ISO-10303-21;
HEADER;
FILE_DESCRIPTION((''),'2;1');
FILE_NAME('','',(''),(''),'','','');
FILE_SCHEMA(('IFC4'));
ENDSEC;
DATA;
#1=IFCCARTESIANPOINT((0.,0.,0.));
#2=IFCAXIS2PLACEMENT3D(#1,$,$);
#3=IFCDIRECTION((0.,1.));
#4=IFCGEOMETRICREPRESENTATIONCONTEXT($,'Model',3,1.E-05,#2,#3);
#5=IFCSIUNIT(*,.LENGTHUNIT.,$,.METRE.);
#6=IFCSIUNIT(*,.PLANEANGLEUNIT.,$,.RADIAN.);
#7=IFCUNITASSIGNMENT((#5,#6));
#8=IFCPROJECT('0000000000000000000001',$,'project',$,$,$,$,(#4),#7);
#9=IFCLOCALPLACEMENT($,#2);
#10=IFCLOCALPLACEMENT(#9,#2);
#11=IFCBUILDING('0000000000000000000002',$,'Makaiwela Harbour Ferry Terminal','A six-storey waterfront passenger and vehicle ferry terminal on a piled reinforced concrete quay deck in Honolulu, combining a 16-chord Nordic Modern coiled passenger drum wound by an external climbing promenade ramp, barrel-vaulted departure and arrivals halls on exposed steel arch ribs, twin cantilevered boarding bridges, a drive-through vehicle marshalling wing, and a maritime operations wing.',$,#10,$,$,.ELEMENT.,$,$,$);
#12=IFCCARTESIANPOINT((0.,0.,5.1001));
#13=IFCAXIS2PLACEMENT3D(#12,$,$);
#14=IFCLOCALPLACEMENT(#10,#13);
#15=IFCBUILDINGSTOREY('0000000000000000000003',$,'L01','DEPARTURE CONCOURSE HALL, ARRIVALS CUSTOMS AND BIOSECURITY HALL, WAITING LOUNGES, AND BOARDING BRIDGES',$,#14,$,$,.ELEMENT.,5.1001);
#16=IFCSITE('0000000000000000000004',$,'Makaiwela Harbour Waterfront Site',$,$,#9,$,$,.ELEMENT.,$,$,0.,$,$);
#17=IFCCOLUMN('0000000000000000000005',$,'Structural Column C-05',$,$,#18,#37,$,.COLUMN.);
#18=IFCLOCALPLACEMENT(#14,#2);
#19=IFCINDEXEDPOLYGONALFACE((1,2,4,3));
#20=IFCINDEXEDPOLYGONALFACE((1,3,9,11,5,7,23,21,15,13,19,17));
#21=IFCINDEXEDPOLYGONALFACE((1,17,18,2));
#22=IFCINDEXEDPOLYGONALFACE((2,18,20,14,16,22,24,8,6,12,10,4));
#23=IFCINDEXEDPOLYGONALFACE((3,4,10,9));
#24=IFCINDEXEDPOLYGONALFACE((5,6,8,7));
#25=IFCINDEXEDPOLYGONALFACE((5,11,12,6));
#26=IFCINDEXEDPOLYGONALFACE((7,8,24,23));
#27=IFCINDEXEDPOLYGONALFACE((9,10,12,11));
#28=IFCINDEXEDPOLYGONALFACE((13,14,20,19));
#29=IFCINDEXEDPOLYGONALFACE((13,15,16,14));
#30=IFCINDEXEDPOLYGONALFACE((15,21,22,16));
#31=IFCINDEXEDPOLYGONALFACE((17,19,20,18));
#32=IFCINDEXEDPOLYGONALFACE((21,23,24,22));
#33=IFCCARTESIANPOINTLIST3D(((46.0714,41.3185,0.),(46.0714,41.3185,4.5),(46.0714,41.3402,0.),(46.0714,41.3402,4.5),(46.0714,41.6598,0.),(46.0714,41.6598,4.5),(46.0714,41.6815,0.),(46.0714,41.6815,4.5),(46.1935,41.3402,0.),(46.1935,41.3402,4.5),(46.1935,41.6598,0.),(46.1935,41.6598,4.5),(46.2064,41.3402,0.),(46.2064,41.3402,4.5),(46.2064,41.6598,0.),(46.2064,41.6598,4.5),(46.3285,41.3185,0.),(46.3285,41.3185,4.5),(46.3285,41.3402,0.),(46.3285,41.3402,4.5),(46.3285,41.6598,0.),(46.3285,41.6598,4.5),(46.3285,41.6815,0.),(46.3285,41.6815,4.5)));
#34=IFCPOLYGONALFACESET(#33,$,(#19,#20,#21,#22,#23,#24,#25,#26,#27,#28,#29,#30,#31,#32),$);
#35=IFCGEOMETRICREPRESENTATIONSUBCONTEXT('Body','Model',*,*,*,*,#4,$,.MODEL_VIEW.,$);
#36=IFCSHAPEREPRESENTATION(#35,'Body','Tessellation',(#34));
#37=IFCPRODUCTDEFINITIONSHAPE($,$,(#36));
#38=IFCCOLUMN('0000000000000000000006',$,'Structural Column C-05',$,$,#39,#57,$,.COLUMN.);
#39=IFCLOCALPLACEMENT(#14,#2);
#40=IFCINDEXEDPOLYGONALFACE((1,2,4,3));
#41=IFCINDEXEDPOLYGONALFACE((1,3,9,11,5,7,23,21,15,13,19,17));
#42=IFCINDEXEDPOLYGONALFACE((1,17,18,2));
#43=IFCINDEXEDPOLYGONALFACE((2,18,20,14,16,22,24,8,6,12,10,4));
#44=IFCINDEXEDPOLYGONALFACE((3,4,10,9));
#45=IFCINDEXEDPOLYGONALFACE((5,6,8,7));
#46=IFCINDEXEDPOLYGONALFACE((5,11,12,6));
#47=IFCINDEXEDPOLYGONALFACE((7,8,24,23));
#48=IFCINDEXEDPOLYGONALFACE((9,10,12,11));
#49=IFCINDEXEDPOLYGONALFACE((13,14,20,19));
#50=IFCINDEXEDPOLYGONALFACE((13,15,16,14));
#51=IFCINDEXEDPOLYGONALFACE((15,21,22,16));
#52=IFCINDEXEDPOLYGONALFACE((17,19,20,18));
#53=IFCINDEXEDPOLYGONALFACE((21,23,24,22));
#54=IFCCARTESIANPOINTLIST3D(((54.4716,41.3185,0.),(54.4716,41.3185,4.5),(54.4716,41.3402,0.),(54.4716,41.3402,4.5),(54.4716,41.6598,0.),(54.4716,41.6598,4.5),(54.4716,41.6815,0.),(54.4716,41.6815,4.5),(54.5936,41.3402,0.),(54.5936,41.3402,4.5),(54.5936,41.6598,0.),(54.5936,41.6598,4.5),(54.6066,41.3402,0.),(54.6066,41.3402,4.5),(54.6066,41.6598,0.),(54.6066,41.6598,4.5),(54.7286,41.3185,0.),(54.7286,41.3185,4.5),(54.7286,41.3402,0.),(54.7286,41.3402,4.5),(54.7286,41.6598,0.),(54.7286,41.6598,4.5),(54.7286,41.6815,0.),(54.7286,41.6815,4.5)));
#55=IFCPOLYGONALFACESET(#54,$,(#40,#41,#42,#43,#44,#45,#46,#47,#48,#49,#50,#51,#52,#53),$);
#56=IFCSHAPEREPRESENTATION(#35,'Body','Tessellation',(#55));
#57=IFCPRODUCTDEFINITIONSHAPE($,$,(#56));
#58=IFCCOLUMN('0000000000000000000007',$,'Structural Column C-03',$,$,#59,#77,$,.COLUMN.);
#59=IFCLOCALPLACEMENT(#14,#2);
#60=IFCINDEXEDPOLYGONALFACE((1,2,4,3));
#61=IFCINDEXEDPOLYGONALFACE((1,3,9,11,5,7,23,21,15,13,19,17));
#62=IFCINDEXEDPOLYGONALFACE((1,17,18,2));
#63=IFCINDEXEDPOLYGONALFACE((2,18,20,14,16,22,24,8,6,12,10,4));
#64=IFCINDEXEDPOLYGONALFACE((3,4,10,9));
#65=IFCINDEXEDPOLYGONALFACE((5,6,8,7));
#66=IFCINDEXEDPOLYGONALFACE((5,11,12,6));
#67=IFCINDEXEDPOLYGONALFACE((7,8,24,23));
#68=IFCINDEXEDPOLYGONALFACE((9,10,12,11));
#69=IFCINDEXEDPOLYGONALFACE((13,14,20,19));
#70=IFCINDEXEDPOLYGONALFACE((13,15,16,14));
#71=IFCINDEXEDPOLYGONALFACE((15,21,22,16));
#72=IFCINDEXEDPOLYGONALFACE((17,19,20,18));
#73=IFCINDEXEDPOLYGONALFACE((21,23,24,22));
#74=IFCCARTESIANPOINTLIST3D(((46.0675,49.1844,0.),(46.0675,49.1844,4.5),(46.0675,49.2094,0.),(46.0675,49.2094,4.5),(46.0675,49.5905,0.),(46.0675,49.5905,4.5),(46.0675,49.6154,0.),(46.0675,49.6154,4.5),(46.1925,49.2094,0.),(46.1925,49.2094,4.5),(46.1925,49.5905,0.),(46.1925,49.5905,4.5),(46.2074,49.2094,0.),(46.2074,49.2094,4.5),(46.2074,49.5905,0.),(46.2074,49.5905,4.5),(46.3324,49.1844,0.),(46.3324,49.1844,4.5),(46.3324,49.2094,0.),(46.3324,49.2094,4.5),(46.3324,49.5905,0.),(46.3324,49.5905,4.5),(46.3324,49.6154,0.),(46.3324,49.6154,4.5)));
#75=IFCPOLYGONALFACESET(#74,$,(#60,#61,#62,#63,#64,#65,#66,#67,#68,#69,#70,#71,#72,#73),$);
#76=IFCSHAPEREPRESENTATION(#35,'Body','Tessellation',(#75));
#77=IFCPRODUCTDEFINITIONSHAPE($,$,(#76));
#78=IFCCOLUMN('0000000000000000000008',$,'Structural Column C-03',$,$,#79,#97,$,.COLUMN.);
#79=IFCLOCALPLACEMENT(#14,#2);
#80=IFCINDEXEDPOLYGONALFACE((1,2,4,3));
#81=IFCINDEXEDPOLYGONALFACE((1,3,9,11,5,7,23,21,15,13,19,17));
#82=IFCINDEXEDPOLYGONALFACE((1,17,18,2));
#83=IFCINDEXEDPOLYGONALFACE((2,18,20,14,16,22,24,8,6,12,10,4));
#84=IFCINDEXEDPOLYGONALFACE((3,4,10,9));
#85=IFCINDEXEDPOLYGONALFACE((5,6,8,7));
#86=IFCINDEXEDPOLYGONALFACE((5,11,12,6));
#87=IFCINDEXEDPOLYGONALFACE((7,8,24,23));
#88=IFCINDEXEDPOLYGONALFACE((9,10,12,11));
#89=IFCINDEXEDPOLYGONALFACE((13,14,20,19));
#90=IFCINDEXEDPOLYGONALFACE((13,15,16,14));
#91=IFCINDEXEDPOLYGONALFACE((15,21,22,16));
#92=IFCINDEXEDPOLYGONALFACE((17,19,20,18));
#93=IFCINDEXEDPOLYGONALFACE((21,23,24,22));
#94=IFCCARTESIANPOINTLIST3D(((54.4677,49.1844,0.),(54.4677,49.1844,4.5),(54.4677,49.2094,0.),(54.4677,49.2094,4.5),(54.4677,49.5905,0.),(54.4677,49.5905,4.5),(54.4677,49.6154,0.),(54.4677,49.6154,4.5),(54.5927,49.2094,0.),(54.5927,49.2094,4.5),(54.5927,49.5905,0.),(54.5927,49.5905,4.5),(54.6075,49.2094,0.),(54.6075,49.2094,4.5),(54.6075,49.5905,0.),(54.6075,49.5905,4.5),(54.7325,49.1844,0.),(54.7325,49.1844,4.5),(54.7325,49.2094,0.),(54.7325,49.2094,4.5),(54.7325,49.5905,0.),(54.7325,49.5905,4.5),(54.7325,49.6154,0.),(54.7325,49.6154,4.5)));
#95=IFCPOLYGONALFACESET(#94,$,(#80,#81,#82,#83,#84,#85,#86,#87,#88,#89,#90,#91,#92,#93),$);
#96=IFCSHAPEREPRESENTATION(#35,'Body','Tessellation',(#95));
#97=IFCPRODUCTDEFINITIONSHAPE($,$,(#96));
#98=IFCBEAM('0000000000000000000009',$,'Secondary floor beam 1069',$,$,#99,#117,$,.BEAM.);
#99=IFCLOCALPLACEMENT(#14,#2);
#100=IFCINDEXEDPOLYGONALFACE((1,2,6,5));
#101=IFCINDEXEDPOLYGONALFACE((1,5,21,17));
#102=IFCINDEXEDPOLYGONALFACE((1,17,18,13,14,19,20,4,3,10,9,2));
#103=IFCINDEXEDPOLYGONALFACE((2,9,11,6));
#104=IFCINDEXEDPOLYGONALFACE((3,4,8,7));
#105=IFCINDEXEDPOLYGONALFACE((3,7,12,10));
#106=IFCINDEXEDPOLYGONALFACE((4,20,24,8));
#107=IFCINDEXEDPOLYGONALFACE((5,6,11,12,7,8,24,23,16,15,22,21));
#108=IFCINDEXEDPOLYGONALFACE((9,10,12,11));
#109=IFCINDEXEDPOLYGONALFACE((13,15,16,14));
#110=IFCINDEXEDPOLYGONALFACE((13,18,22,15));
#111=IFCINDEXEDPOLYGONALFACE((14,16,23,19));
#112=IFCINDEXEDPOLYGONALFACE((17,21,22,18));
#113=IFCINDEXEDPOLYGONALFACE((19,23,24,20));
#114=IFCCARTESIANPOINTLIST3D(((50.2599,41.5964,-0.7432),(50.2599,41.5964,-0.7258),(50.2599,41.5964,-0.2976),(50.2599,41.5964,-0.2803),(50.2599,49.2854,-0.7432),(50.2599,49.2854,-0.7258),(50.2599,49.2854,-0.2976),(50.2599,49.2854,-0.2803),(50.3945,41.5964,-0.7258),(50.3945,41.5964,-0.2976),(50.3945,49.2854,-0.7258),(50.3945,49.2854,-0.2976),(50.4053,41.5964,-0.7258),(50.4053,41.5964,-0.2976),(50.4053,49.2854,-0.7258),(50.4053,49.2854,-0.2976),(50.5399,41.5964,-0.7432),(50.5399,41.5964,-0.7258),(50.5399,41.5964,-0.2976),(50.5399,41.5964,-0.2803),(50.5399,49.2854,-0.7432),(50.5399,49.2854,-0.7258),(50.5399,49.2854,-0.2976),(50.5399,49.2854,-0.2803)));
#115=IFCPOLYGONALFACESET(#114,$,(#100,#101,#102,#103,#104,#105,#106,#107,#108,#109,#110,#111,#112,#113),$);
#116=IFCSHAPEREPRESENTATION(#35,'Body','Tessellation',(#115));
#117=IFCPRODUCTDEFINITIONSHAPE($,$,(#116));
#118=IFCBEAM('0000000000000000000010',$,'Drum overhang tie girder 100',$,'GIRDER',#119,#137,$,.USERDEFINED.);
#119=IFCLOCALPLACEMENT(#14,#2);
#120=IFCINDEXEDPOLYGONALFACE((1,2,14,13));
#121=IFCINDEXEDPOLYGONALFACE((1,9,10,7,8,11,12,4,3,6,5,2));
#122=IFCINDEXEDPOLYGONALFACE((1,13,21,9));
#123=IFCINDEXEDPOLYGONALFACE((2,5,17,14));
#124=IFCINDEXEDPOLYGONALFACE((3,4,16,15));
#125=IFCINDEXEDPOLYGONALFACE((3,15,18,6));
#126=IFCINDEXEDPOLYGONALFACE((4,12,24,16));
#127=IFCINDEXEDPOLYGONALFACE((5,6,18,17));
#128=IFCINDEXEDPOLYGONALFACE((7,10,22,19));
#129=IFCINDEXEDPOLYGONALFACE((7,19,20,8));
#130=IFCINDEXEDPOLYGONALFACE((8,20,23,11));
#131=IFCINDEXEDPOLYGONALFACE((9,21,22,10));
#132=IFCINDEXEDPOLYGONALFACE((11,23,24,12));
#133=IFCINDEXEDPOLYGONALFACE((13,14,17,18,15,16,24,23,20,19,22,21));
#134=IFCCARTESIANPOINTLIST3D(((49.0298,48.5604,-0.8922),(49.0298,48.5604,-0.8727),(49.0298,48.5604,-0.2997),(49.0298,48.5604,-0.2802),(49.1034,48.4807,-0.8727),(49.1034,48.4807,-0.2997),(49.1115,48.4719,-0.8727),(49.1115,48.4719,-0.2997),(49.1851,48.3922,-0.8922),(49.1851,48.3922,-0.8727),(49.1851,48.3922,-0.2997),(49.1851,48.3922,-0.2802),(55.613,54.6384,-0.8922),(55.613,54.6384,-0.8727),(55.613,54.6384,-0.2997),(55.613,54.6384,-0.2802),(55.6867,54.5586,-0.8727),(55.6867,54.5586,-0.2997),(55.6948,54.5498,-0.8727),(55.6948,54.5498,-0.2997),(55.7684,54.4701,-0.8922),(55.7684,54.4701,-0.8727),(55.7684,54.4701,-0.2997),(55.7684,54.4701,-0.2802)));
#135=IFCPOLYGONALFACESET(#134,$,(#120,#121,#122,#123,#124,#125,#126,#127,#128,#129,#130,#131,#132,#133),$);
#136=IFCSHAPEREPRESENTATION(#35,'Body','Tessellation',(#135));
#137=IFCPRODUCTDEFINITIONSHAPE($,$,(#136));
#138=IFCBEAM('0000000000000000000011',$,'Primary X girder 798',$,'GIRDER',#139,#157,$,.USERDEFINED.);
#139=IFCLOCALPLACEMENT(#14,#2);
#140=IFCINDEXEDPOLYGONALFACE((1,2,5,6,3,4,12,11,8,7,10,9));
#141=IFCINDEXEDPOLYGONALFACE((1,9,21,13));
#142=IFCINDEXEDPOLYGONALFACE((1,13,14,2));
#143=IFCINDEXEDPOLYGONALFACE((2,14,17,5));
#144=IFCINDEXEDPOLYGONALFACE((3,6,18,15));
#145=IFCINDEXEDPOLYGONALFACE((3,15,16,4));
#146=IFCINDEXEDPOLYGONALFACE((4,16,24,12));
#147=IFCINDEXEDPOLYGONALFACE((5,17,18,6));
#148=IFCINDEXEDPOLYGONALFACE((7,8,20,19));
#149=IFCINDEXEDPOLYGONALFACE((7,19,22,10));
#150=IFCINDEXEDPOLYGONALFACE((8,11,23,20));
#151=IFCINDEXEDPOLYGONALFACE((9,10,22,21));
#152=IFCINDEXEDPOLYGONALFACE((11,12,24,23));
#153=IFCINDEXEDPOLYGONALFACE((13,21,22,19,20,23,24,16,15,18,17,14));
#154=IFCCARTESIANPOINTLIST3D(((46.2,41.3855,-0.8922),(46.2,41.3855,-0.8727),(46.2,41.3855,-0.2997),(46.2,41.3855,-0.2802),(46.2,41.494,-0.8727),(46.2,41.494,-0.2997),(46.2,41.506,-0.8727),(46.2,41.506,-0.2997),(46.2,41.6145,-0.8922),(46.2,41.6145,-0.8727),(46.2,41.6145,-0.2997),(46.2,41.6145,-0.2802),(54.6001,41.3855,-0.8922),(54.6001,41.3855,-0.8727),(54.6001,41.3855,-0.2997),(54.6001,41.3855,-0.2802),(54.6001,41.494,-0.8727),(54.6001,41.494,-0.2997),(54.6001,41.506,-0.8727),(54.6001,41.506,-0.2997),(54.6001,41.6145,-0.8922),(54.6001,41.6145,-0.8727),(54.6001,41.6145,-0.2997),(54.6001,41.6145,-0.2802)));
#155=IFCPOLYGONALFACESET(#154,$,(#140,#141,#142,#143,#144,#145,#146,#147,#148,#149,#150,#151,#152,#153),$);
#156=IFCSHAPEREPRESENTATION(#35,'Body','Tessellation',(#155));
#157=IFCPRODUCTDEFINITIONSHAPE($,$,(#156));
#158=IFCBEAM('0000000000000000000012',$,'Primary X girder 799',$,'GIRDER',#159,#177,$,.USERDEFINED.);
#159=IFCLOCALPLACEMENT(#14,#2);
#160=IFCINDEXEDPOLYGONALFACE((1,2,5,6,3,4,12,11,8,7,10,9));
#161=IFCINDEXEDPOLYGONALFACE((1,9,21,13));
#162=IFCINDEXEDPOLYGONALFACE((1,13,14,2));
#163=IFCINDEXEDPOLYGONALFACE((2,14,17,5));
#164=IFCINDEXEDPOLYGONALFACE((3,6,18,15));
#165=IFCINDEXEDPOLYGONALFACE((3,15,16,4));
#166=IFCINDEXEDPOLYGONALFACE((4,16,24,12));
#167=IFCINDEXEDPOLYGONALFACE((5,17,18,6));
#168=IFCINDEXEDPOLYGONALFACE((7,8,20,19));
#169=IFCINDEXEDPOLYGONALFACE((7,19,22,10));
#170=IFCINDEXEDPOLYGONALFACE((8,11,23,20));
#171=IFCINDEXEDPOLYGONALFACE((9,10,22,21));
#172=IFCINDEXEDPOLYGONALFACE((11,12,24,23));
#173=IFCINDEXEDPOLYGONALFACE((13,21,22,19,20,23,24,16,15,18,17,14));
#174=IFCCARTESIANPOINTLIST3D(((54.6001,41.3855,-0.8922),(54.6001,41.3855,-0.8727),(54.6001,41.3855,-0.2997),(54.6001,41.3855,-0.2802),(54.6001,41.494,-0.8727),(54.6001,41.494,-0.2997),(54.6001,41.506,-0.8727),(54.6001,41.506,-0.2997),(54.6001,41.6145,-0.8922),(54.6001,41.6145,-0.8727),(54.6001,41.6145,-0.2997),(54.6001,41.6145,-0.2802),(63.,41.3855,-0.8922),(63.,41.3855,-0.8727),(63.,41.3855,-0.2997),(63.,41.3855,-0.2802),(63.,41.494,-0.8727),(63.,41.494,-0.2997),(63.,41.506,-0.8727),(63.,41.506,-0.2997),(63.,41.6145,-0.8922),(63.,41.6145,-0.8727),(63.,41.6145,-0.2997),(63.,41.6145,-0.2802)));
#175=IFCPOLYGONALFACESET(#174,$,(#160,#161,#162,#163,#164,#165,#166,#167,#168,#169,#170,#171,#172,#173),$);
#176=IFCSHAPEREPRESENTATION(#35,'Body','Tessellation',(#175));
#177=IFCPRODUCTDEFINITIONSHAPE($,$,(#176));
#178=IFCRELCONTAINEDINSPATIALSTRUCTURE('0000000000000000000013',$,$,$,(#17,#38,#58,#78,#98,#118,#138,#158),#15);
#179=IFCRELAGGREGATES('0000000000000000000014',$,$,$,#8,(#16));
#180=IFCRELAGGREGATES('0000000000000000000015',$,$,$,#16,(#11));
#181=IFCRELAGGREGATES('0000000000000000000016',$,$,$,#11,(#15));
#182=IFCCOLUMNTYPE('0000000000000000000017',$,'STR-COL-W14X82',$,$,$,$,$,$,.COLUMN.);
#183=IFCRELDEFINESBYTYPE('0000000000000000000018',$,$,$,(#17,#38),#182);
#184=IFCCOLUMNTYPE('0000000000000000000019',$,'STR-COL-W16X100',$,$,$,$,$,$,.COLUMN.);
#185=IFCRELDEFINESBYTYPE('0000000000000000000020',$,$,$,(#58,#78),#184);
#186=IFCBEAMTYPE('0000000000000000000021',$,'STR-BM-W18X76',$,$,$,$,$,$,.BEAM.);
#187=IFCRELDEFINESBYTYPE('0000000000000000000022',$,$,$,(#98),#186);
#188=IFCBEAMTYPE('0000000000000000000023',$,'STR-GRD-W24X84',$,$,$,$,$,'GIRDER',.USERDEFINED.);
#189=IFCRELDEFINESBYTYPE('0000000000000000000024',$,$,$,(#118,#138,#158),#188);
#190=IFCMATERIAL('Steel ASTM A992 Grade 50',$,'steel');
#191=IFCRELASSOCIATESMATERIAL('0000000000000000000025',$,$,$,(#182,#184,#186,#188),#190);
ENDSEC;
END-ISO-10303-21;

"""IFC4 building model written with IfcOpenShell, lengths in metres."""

from ifc_helpers import new_model, si_unit, direction, frame, origin, origin_2d, place, context, subcontext, project, spatial, i_section, extrude, material, material_profile, profile_set, type_object, element, save


model = new_model("IFC4")

# Units and contexts
model_context = context("Model", 3, precision=1e-05, world=origin(), true_north=direction((0.0, 1.0)))
body_context = subcontext(model_context, "Body", "Model", "MODEL_VIEW")
ifc_project = project(units=[si_unit("LENGTHUNIT", "METRE"), si_unit("PLANEANGLEUNIT", "RADIAN")], contexts=[model_context])

# Site, building, storey
site_placement = place(None, origin())
site = spatial("IfcSite", under=ifc_project, at=site_placement, Name="Makaiwela Harbour Waterfront Site", CompositionType="ELEMENT", RefElevation=0.0)
building_placement = place(site_placement, origin())
building = spatial("IfcBuilding", under=site, at=building_placement, Name="Makaiwela Harbour Ferry Terminal", Description="A six-storey waterfront passenger and vehicle ferry terminal on a piled reinforced concrete quay deck in Honolulu, combining a 16-chord Nordic Modern coiled passenger drum wound by an external climbing promenade ramp, barrel-vaulted departure and arrivals halls on exposed steel arch ribs, twin cantilevered boarding bridges, a drive-through vehicle marshalling wing, and a maritime operations wing.", CompositionType="ELEMENT")
storey_placement = place(building_placement, frame((0.0, 0.0, 5.1001)))
storey = spatial("IfcBuildingStorey", under=building, at=storey_placement, Name="L01", Description="DEPARTURE CONCOURSE HALL, ARRIVALS CUSTOMS AND BIOSECURITY HALL, WAITING LOUNGES, AND BOARDING BRIDGES", CompositionType="ELEMENT", Elevation=5.1001)

# Columns
ifc_material_1 = material(Name="Steel ASTM A992 Grade 50", Category="steel")
ifc_material_profile_1 = material_profile(ifc_material_1, i_section(OverallWidth=0.2571, OverallDepth=0.363, WebThickness=0.0129, FlangeThickness=0.0217, at=origin_2d()), Name="W14X82")
ifc_profile_set_1 = profile_set([ifc_material_profile_1], Name="Steel ASTM A992 Grade 50")
column_type_1 = type_object("IfcColumnType", Name="STR-COL-W14X82", PredefinedType="COLUMN", material=ifc_profile_set_1)
for number, where, z_axis, x_axis, name in (
    (1, (46.2, 41.5, 0.0), (0.0, 0.0, 1.0), (1.0, 0.0, 0.0), "Structural Column C-05"),
    (2, (54.6001, 41.5, 0.0), (0.0, 0.0, 1.0), (1.0, 0.0, 0.0), "Structural Column C-05"),
):
    element("IfcColumn", number, at=place(storey_placement, frame(where, z_axis=z_axis, x_axis=x_axis)), inside=storey, type_object=column_type_1, Name=name, PredefinedType="COLUMN", context=body_context, shape_type="SweptSolid", body=[
        extrude(i_section(OverallWidth=0.2571, OverallDepth=0.363, WebThickness=0.0129, FlangeThickness=0.0217, at=origin_2d()), origin(), (0.0, 0.0, 1.0), 4.5),
    ])
ifc_material_profile_2 = material_profile(ifc_material_1, i_section(OverallWidth=0.2649, OverallDepth=0.4309, WebThickness=0.0149, FlangeThickness=0.0249, at=origin_2d()), Name="W16X100")
ifc_profile_set_2 = profile_set([ifc_material_profile_2], Name="Steel ASTM A992 Grade 50")
column_type_2 = type_object("IfcColumnType", Name="STR-COL-W16X100", PredefinedType="COLUMN", material=ifc_profile_set_2)
for number, where, z_axis, x_axis, name in (
    (3, (46.2, 49.3999, 0.0), (0.0, 0.0, 1.0), (1.0, 0.0, 0.0), "Structural Column C-03"),
    (4, (54.6001, 49.3999, 0.0), (0.0, 0.0, 1.0), (1.0, 0.0, 0.0), "Structural Column C-03"),
):
    element("IfcColumn", number, at=place(storey_placement, frame(where, z_axis=z_axis, x_axis=x_axis)), inside=storey, type_object=column_type_2, Name=name, PredefinedType="COLUMN", context=body_context, shape_type="SweptSolid", body=[
        extrude(i_section(OverallWidth=0.2649, OverallDepth=0.4309, WebThickness=0.0149, FlangeThickness=0.0249, at=origin_2d()), origin(), (0.0, 0.0, 1.0), 4.5),
    ])

# Beams
ifc_material_profile_3 = material_profile(ifc_material_1, i_section(OverallWidth=0.28, OverallDepth=0.4629, WebThickness=0.0107, FlangeThickness=0.0173, at=origin_2d()), Name="W18X76")
ifc_profile_set_3 = profile_set([ifc_material_profile_3], Name="Steel ASTM A992 Grade 50")
beam_type_1 = type_object("IfcBeamType", Name="STR-BM-W18X76", PredefinedType="BEAM", material=ifc_profile_set_3)
beam_1_placement = place(storey_placement, frame((50.3999, 41.5964, -0.5117), z_axis=(0.0, 1.0, 0.0), x_axis=(-1.0, 0.0, 0.0)))
element("IfcBeam", 5, at=beam_1_placement, inside=storey, type_object=beam_type_1, Name="Secondary floor beam 1069", PredefinedType="BEAM", context=body_context, shape_type="SweptSolid", body=[
    extrude(i_section(OverallWidth=0.28, OverallDepth=0.4629, WebThickness=0.0107, FlangeThickness=0.0173, at=origin_2d()), origin(), (0.0, 0.0, 1.0), 7.689),
])
ifc_material_profile_4 = material_profile(ifc_material_1, i_section(OverallWidth=0.229, OverallDepth=0.6121, WebThickness=0.012, FlangeThickness=0.0195, at=origin_2d()), Name="W24X84")
ifc_profile_set_4 = profile_set([ifc_material_profile_4], Name="Steel ASTM A992 Grade 50")
beam_type_2 = type_object("IfcBeamType", Name="STR-GRD-W24X84", ElementType="GIRDER", PredefinedType="USERDEFINED", material=ifc_profile_set_4)
beam_2_placement = place(storey_placement, frame((49.1074, 48.4763, -0.5862), z_axis=(0.734746, 0.678342, 0.0), x_axis=(-0.678342, 0.734746, 0.0)))
element("IfcBeam", 6, at=beam_2_placement, inside=storey, type_object=beam_type_2, Name="Drum overhang tie girder 100", ObjectType="GIRDER", PredefinedType="USERDEFINED", context=body_context, shape_type="SweptSolid", body=[
    extrude(i_section(OverallWidth=0.229, OverallDepth=0.6121, WebThickness=0.012, FlangeThickness=0.0195, at=origin_2d()), origin(), (0.0, 0.0, 1.0), 8.96),
])
beam_3_placement = place(storey_placement, frame((46.2, 41.5, -0.5862), z_axis=(1.0, 0.0, 0.0), x_axis=(0.0, 1.0, 0.0)))
element("IfcBeam", 7, at=beam_3_placement, inside=storey, type_object=beam_type_2, Name="Primary X girder 798", ObjectType="GIRDER", PredefinedType="USERDEFINED", context=body_context, shape_type="SweptSolid", body=[
    extrude(i_section(OverallWidth=0.229, OverallDepth=0.6121, WebThickness=0.012, FlangeThickness=0.0195, at=origin_2d()), origin(), (0.0, 0.0, 1.0), 8.4001),
])
beam_4_placement = place(storey_placement, frame((54.6001, 41.5, -0.5862), z_axis=(1.0, 0.0, 0.0), x_axis=(0.0, 1.0, 0.0)))
element("IfcBeam", 8, at=beam_4_placement, inside=storey, type_object=beam_type_2, Name="Primary X girder 799", ObjectType="GIRDER", PredefinedType="USERDEFINED", context=body_context, shape_type="SweptSolid", body=[
    extrude(i_section(OverallWidth=0.229, OverallDepth=0.6121, WebThickness=0.012, FlangeThickness=0.0195, at=origin_2d()), origin(), (0.0, 0.0, 1.0), 8.3999),
])

save(model, "model.ifc")
